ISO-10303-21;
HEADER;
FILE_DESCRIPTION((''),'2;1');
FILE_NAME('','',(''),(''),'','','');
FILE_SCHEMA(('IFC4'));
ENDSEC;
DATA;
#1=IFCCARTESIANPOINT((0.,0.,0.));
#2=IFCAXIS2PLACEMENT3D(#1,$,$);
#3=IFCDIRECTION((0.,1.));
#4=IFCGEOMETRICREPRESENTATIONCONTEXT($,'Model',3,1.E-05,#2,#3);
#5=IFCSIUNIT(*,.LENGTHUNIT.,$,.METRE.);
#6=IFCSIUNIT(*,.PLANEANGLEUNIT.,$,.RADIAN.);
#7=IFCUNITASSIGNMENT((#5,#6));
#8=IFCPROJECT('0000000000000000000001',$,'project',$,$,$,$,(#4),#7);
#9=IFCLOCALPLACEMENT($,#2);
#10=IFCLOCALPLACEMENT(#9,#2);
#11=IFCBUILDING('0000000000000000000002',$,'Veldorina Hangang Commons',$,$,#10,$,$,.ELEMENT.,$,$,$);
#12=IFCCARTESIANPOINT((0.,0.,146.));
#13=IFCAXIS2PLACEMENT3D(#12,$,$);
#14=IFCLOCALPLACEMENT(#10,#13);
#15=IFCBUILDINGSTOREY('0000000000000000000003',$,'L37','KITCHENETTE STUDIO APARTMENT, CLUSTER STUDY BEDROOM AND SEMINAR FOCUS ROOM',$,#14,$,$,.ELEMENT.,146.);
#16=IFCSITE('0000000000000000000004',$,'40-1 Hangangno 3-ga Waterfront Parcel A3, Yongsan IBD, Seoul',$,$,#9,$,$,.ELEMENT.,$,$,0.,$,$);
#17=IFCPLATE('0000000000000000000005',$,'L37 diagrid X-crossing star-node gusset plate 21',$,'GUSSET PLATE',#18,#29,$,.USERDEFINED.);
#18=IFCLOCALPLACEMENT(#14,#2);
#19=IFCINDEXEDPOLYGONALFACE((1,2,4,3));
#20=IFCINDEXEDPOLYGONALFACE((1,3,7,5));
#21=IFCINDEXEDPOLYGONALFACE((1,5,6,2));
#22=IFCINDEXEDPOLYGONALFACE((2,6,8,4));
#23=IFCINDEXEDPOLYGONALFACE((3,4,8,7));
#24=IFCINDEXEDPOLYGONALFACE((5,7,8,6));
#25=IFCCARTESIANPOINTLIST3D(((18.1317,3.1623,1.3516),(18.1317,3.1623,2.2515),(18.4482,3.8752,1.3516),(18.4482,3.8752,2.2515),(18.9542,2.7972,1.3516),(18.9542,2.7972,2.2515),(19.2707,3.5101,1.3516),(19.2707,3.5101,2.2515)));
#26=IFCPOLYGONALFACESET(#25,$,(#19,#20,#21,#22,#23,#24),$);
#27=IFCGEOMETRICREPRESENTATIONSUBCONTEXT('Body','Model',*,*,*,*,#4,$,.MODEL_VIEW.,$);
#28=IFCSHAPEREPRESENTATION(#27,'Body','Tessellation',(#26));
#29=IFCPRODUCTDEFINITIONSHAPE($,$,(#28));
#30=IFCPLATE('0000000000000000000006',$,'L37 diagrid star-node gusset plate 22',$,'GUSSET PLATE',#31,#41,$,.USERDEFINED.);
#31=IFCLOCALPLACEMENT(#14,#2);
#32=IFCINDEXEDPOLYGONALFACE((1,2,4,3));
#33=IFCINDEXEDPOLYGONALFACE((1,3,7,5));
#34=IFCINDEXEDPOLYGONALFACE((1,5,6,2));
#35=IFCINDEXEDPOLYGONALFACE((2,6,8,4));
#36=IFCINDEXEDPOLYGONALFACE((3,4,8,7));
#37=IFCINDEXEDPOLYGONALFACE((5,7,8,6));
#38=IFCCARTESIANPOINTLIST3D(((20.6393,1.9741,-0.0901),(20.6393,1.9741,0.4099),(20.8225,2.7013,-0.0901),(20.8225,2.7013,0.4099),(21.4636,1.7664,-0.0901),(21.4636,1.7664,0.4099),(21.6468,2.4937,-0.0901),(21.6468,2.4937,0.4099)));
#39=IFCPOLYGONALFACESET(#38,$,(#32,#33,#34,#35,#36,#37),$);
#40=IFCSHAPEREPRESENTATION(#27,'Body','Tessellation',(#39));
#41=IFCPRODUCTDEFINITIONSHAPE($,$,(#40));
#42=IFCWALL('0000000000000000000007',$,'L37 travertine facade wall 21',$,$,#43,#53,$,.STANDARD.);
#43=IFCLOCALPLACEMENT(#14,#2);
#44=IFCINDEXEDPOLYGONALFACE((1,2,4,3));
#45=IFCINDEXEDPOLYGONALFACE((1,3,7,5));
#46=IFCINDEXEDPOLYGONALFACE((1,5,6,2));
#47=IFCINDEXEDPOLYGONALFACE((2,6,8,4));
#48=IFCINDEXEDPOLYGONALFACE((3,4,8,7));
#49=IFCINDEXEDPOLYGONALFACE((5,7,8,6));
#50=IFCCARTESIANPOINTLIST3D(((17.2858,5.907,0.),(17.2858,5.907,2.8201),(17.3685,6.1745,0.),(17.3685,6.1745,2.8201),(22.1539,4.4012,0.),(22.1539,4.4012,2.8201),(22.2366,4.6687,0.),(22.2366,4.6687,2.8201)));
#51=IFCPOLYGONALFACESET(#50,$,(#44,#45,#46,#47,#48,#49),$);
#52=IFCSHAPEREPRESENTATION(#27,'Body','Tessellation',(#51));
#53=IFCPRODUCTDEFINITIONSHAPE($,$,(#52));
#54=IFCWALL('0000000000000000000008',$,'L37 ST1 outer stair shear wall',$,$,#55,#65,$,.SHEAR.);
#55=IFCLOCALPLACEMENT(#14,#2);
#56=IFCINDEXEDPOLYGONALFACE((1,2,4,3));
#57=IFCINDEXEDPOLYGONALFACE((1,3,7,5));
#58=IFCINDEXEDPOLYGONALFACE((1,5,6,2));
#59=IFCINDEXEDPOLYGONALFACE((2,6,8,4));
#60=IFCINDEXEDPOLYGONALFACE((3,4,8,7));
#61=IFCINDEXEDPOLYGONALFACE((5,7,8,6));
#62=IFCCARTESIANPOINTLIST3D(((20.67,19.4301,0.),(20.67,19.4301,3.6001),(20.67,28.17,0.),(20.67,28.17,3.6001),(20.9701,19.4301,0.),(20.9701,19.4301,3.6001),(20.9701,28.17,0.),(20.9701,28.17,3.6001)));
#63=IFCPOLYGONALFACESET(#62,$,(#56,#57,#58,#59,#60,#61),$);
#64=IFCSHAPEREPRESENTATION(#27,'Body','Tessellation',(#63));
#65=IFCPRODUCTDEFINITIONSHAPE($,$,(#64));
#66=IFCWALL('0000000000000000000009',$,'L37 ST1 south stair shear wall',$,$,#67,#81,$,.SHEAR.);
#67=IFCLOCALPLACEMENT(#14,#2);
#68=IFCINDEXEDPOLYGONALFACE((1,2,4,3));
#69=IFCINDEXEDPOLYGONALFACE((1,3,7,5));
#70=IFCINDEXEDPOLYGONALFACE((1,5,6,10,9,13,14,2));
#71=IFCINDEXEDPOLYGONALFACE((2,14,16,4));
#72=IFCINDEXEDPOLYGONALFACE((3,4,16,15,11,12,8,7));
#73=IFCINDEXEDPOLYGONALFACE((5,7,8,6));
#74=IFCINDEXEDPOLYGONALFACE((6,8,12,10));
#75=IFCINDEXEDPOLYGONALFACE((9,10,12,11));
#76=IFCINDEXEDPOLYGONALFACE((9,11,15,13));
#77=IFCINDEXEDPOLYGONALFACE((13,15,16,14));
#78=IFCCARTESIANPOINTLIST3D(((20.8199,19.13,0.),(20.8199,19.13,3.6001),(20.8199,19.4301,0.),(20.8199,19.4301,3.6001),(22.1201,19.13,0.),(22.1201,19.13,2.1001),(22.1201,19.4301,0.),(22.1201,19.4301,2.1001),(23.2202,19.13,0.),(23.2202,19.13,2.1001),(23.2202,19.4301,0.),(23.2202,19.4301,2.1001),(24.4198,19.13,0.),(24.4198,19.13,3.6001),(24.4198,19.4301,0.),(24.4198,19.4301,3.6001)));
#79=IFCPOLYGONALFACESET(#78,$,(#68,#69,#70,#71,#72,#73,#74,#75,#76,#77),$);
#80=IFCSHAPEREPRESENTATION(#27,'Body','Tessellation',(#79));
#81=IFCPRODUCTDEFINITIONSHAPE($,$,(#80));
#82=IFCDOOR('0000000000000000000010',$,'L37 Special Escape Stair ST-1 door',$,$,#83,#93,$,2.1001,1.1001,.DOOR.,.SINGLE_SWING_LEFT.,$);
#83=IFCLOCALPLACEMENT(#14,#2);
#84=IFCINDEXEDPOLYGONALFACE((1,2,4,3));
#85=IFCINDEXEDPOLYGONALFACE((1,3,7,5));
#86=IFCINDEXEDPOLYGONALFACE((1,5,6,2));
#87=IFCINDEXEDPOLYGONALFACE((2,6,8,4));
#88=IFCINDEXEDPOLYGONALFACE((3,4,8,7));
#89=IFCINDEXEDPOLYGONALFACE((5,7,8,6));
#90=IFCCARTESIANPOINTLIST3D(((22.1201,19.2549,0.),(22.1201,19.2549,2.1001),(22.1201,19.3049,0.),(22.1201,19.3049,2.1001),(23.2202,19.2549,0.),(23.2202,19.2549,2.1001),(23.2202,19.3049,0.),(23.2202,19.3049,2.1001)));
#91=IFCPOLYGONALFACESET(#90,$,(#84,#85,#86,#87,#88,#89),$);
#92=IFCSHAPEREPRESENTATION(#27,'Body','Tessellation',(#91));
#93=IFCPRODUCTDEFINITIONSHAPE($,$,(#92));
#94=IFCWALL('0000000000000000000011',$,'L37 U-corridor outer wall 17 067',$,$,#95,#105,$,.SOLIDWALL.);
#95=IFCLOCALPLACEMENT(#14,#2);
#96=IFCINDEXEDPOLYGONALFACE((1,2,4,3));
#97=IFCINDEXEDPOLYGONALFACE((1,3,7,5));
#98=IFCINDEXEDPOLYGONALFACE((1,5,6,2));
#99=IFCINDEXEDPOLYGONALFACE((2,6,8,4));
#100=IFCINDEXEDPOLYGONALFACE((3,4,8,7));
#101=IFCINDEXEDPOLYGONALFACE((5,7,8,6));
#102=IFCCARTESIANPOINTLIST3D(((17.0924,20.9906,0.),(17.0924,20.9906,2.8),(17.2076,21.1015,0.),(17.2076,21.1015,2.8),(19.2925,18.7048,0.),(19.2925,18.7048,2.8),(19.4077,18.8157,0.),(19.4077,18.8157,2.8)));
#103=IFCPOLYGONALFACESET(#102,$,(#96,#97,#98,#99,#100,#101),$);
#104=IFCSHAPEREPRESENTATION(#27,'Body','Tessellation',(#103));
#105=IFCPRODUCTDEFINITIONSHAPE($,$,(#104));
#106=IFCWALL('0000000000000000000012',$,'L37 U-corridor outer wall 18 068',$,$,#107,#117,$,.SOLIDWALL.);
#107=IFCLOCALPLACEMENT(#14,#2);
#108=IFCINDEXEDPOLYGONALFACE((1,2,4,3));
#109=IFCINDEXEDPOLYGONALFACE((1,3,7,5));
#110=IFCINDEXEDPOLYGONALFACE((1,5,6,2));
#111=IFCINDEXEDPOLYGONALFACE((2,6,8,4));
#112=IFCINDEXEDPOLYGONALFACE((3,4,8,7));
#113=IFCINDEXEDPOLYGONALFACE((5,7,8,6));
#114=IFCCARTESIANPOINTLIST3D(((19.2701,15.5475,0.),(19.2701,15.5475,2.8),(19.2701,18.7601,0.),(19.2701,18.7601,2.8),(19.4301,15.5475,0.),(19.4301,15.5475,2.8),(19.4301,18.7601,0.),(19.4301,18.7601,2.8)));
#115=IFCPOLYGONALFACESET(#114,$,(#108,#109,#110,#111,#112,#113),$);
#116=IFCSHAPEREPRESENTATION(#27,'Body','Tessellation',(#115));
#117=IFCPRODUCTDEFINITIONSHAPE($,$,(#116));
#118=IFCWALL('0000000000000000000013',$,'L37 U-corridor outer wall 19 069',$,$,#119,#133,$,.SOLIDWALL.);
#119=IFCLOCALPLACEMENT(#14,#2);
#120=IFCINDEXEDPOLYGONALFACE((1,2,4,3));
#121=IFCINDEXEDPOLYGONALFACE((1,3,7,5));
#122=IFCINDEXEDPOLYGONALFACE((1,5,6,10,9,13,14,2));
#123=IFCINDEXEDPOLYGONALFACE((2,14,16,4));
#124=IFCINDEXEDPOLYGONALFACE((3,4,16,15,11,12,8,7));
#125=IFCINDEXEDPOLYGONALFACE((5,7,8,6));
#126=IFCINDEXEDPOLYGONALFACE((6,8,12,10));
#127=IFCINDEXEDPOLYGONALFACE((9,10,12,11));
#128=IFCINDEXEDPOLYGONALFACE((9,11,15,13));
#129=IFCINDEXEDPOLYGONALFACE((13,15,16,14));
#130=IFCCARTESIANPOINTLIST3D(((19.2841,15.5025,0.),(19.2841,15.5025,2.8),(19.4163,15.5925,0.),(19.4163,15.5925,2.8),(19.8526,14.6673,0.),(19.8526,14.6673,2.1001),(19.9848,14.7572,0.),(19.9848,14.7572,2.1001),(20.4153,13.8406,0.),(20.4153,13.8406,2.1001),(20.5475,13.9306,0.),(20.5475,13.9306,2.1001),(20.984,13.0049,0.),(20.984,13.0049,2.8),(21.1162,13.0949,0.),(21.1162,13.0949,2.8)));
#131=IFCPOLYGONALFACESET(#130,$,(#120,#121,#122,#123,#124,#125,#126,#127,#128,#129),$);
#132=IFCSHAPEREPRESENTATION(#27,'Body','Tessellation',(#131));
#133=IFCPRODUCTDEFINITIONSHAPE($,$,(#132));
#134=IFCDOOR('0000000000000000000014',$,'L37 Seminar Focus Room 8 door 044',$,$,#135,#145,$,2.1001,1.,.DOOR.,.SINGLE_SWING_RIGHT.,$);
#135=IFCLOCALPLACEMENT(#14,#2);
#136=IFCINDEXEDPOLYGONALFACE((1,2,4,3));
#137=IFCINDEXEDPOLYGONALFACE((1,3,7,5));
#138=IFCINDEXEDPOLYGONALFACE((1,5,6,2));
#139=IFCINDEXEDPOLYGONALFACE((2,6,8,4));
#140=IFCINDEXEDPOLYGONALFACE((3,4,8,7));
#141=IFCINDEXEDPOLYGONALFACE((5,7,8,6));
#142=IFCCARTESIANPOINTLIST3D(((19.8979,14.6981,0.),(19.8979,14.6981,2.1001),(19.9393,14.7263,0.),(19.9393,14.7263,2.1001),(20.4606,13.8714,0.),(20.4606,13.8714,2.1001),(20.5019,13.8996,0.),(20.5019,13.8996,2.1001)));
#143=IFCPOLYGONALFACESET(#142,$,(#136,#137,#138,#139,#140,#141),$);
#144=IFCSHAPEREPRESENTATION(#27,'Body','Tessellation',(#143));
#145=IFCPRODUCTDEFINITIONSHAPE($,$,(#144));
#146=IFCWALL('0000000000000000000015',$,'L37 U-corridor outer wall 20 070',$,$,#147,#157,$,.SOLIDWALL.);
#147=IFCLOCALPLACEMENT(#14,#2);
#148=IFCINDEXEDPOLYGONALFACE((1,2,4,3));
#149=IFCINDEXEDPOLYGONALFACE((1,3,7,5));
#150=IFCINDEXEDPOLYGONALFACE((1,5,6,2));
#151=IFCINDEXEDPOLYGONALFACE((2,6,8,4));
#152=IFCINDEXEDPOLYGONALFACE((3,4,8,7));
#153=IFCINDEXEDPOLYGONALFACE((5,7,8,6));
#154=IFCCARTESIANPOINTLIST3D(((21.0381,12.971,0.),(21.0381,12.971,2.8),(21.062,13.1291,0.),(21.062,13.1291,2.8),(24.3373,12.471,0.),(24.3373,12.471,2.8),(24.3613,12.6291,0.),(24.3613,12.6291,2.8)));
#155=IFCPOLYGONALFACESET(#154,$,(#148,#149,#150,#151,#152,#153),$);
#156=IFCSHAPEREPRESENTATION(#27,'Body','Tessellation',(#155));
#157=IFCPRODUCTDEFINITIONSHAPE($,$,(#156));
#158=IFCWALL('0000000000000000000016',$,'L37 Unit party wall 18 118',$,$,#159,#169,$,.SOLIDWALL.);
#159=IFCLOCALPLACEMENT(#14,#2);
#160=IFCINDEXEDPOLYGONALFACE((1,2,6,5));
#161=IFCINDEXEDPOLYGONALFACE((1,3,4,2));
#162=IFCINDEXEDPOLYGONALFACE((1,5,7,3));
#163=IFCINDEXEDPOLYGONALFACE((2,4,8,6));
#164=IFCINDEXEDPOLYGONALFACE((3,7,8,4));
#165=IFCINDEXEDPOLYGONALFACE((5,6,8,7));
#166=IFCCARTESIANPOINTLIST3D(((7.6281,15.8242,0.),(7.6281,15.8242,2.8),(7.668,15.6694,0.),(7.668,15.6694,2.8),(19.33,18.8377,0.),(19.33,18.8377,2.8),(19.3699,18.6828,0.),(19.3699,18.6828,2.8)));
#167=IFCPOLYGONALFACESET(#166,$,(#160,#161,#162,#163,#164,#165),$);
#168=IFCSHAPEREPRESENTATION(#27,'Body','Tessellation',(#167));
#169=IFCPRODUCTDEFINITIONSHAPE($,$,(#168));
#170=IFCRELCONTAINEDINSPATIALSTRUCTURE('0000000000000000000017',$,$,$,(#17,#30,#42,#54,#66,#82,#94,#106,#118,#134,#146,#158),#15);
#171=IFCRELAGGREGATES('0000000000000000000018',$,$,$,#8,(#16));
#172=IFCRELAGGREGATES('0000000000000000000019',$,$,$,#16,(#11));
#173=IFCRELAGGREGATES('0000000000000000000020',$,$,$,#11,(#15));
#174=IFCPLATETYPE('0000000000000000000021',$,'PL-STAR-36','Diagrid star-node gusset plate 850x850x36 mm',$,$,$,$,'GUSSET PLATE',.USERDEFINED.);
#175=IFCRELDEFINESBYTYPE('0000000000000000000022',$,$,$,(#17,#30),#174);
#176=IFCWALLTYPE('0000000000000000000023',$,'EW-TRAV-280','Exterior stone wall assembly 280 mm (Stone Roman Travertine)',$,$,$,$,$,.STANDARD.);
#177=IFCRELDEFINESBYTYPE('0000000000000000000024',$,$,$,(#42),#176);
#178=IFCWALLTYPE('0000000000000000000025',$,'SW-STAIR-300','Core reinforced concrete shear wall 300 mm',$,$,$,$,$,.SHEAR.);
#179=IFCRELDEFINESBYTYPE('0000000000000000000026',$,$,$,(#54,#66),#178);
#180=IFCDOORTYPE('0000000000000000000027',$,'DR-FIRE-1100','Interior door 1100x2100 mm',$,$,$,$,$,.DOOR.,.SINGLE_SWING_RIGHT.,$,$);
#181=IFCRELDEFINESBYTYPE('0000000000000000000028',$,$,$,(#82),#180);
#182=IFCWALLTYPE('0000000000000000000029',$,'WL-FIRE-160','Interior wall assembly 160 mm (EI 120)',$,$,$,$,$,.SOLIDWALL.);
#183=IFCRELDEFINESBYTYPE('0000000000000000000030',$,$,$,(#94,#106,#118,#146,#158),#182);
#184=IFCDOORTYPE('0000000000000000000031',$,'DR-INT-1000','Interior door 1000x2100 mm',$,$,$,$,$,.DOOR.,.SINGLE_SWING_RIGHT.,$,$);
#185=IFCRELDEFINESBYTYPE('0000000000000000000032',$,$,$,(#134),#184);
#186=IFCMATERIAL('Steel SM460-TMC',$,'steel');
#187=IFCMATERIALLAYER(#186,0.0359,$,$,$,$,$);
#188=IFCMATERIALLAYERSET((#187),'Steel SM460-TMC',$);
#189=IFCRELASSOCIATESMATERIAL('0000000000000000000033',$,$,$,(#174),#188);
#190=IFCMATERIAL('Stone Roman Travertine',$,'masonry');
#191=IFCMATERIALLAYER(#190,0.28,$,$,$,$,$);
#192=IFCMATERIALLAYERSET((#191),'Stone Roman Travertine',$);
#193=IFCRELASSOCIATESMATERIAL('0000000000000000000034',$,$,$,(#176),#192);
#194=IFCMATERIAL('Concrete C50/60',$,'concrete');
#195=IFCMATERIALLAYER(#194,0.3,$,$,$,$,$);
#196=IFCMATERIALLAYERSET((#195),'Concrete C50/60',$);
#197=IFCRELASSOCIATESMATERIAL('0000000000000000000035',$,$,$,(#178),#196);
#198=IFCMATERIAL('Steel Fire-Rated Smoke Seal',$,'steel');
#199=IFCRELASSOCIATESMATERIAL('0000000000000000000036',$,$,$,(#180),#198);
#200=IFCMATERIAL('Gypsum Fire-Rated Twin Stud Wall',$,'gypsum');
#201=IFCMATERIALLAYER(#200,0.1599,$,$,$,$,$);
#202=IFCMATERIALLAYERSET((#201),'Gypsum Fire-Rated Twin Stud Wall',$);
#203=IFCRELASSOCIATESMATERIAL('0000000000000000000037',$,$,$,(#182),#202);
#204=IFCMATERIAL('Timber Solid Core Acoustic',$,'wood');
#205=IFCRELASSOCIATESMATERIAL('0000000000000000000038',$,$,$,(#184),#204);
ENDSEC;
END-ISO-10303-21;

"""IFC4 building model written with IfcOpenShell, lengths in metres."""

from ifc_helpers import new_model, si_unit, direction, frame, frame_2d, origin, origin_2d, place, context, subcontext, project, spatial, rectangle, extrude, material, layer, layer_set, type_object, element, fill, save


model = new_model("IFC4")

# Units and contexts
model_context = context("Model", 3, precision=1e-05, world=origin(), true_north=direction((0.0, 1.0)))
body_context = subcontext(model_context, "Body", "Model", "MODEL_VIEW")
ifc_project = project(units=[si_unit("LENGTHUNIT", "METRE"), si_unit("PLANEANGLEUNIT", "RADIAN")], contexts=[model_context])

# Site, building, storey
site_placement = place(None, origin())
site = spatial("IfcSite", under=ifc_project, at=site_placement, Name="40-1 Hangangno 3-ga Waterfront Parcel A3, Yongsan IBD, Seoul", CompositionType="ELEMENT", RefElevation=0.0)
building_placement = place(site_placement, origin())
building = spatial("IfcBuilding", under=site, at=building_placement, Name="Veldorina Hangang Commons", CompositionType="ELEMENT")
storey_placement = place(building_placement, frame((0.0, 0.0, 146.0)))
storey = spatial("IfcBuildingStorey", under=building, at=storey_placement, Name="L37", Description="KITCHENETTE STUDIO APARTMENT, CLUSTER STUDY BEDROOM AND SEMINAR FOCUS ROOM", CompositionType="ELEMENT", Elevation=146.0)

# Plates
ifc_material_1 = material(Name="Steel SM460-TMC", Category="steel")
ifc_layer_1 = layer(ifc_material_1, 0.0359)
ifc_layer_set_1 = layer_set([ifc_layer_1], Name="Steel SM460-TMC")
plate_type = type_object("IfcPlateType", Name="PL-STAR-36", Description="Diagrid star-node gusset plate 850x850x36 mm", ElementType="GUSSET PLATE", PredefinedType="USERDEFINED", material=ifc_layer_set_1)
plate_1_placement = place(storey_placement, frame((18.7012, 3.3362, 1.3516), z_axis=(0.0, 0.0, 1.0), x_axis=(0.913999, -0.405716, 0.0)))
element("IfcPlate", 1, at=plate_1_placement, inside=storey, type_object=plate_type, Name="L37 diagrid X-crossing star-node gusset plate 21", ObjectType="GUSSET PLATE", PredefinedType="USERDEFINED", context=body_context, shape_type="SweptSolid", body=[
    extrude(rectangle(XDim=0.8999, YDim=0.78, at=origin_2d()), origin(), (0.0, 0.0, 1.0), 0.8999),
])
plate_2_placement = place(storey_placement, frame((21.1431, 2.2339, -0.0901), z_axis=(0.0, 0.0, 1.0), x_axis=(0.96971, -0.244258, 0.0)))
element("IfcPlate", 2, at=plate_2_placement, inside=storey, type_object=plate_type, Name="L37 diagrid star-node gusset plate 22", ObjectType="GUSSET PLATE", PredefinedType="USERDEFINED", context=body_context, shape_type="SweptSolid", body=[
    extrude(rectangle(XDim=0.8501, YDim=0.75, at=origin_2d()), origin(), (0.0, 0.0, 1.0), 0.5),
])

# Walls
ifc_material_2 = material(Name="Stone Roman Travertine", Category="masonry")
ifc_layer_2 = layer(ifc_material_2, 0.28)
ifc_layer_set_2 = layer_set([ifc_layer_2], Name="Stone Roman Travertine")
wall_type_1 = type_object("IfcWallType", Name="EW-TRAV-280", Description="Exterior stone wall assembly 280 mm (Stone Roman Travertine)", PredefinedType="STANDARD", material=ifc_layer_set_2)
wall_1_placement = place(storey_placement, frame((17.3271, 6.0408, 0.0), z_axis=(0.0, 0.0, 1.0), x_axis=(0.955339, -0.295513, 0.0)))
element("IfcWall", 3, at=wall_1_placement, inside=storey, type_object=wall_type_1, Name="L37 travertine facade wall 21", PredefinedType="STANDARD", context=body_context, shape_type="SweptSolid", body=[
    extrude(rectangle(XDim=5.0957, YDim=0.28, at=frame_2d((2.5479, 0.0))), origin(), (0.0, 0.0, 1.0), 2.8201),
])
ifc_material_3 = material(Name="Concrete C50/60", Category="concrete")
ifc_layer_3 = layer(ifc_material_3, 0.3)
ifc_layer_set_3 = layer_set([ifc_layer_3], Name="Concrete C50/60")
wall_type_2 = type_object("IfcWallType", Name="SW-STAIR-300", Description="Core reinforced concrete shear wall 300 mm", PredefinedType="SHEAR", material=ifc_layer_set_3)
wall_2_placement = place(storey_placement, frame((20.8201, 19.4299, 0.0), z_axis=(0.0, 0.0, 1.0), x_axis=(0.0, 1.0, 0.0)))
element("IfcWall", 4, at=wall_2_placement, inside=storey, type_object=wall_type_2, Name="L37 ST1 outer stair shear wall", PredefinedType="SHEAR", context=body_context, shape_type="SweptSolid", body=[
    extrude(rectangle(XDim=8.74, YDim=0.3, at=frame_2d((4.3701, 0.0))), origin(), (0.0, 0.0, 1.0), 3.6001),
])

# Wall, opening, door
wall_3_placement = place(storey_placement, frame((20.8201, 19.28, 0.0), z_axis=(0.0, 0.0, 1.0), x_axis=(1.0, 0.0, 0.0)))
wall_3 = element("IfcWall", 5, at=wall_3_placement, inside=storey, type_object=wall_type_2, Name="L37 ST1 south stair shear wall", PredefinedType="SHEAR", context=body_context, shape_type="SweptSolid", body=[
    extrude(rectangle(XDim=3.5999, YDim=0.3, at=frame_2d((1.7998, 0.0))), origin(), (0.0, 0.0, 1.0), 3.6001),
])
opening_1_placement = place(wall_3_placement, frame((1.3, 0.0, 0.0)))
opening_1 = element("IfcOpeningElement", 6, at=opening_1_placement, cuts=wall_3, PredefinedType="OPENING", context=body_context, shape_type="SweptSolid", body=[
    extrude(rectangle(XDim=1.1001, YDim=2.1001, at=frame_2d((0.55, 1.05))), frame((0.0, 0.1602, 0.0), z_axis=(0.0, -1.0, 0.0), x_axis=(1.0, 0.0, 0.0)), (0.0, 0.0, 1.0), 0.3201),
])
ifc_material_4 = material(Name="Steel Fire-Rated Smoke Seal", Category="steel")
door_type_1 = type_object("IfcDoorType", Name="DR-FIRE-1100", Description="Interior door 1100x2100 mm", OperationType="SINGLE_SWING_RIGHT", PredefinedType="DOOR", material=ifc_material_4)
door_1_placement = place(opening_1_placement, origin())
door_1 = element("IfcDoor", 7, at=door_1_placement, inside=storey, type_object=door_type_1, Name="L37 Special Escape Stair ST-1 door", OperationType="SINGLE_SWING_LEFT", OverallHeight=2.1001, OverallWidth=1.1001, PredefinedType="DOOR", context=body_context, shape_type="SweptSolid", body=[
    extrude(rectangle(XDim=1.1001, YDim=2.1001, at=frame_2d((0.55, 1.05))), frame((0.0, 0.0249, 0.0), z_axis=(0.0, -1.0, 0.0), x_axis=(1.0, 0.0, 0.0)), (0.0, 0.0, 1.0), 0.05),
])
fill(opening_1, door_1)

# Walls
ifc_material_5 = material(Name="Gypsum Fire-Rated Twin Stud Wall", Category="gypsum")
ifc_layer_4 = layer(ifc_material_5, 0.1599)
ifc_layer_set_4 = layer_set([ifc_layer_4], Name="Gypsum Fire-Rated Twin Stud Wall")
wall_type_3 = type_object("IfcWallType", Name="WL-FIRE-160", Description="Interior wall assembly 160 mm (EI 120)", PredefinedType="SOLIDWALL", material=ifc_layer_set_4)
wall_4_placement = place(storey_placement, frame((17.1499, 21.0461, 0.0), z_axis=(0.0, 0.0, 1.0), x_axis=(0.693473, -0.720483, 0.0)))
element("IfcWall", 8, at=wall_4_placement, inside=storey, type_object=wall_type_3, Name="L37 U-corridor outer wall 17 067", PredefinedType="SOLIDWALL", context=body_context, shape_type="SweptSolid", body=[
    extrude(rectangle(XDim=3.1726, YDim=0.1599, at=frame_2d((1.5864, 0.0))), origin(), (0.0, 0.0, 1.0), 2.8),
])
wall_5_placement = place(storey_placement, frame((19.3501, 18.7603, 0.0), z_axis=(0.0, 0.0, 1.0), x_axis=(0.0, -1.0, 0.0)))
element("IfcWall", 9, at=wall_5_placement, inside=storey, type_object=wall_type_3, Name="L37 U-corridor outer wall 18 068", PredefinedType="SOLIDWALL", context=body_context, shape_type="SweptSolid", body=[
    extrude(rectangle(XDim=3.2126, YDim=0.1599, at=frame_2d((1.6064, 0.0))), origin(), (0.0, 0.0, 1.0), 2.8),
])

# Wall, opening, door
wall_6_placement = place(storey_placement, frame((19.3501, 15.5476, 0.0), z_axis=(0.0, 0.0, 1.0), x_axis=(0.562675, -0.826678, 0.0)))
wall_6 = element("IfcWall", 10, at=wall_6_placement, inside=storey, type_object=wall_type_3, Name="L37 U-corridor outer wall 19 069", PredefinedType="SOLIDWALL", context=body_context, shape_type="SweptSolid", body=[
    extrude(rectangle(XDim=3.0212, YDim=0.1599, at=frame_2d((1.5107, 0.0))), origin(), (0.0, 0.0, 1.0), 2.8),
])
opening_2_placement = place(wall_6_placement, frame((1.0105, 0.0, 0.0)))
opening_2 = element("IfcOpeningElement", 11, at=opening_2_placement, cuts=wall_6, PredefinedType="OPENING", context=body_context, shape_type="SweptSolid", body=[
    extrude(rectangle(XDim=1.0, YDim=2.1001, at=frame_2d((0.5, 1.05))), frame((0.0, 0.0898, 0.0), z_axis=(0.0, -1.0, 0.0), x_axis=(1.0, 0.0, 0.0)), (0.0, 0.0, 1.0), 0.1799),
])
ifc_material_6 = material(Name="Timber Solid Core Acoustic", Category="wood")
door_type_2 = type_object("IfcDoorType", Name="DR-INT-1000", Description="Interior door 1000x2100 mm", OperationType="SINGLE_SWING_RIGHT", PredefinedType="DOOR", material=ifc_material_6)
door_2_placement = place(opening_2_placement, origin())
door_2 = element("IfcDoor", 12, at=door_2_placement, inside=storey, type_object=door_type_2, Name="L37 Seminar Focus Room 8 door 044", OperationType="SINGLE_SWING_RIGHT", OverallHeight=2.1001, OverallWidth=1.0, PredefinedType="DOOR", context=body_context, shape_type="SweptSolid", body=[
    extrude(rectangle(XDim=1.0, YDim=2.1001, at=frame_2d((0.5, 1.05))), frame((0.0, 0.0249, 0.0), z_axis=(0.0, -1.0, 0.0), x_axis=(1.0, 0.0, 0.0)), (0.0, 0.0, 1.0), 0.05),
])
fill(opening_2, door_2)

# Walls
wall_7_placement = place(storey_placement, frame((21.05, 13.05, 0.0), z_axis=(0.0, 0.0, 1.0), x_axis=(0.988711, -0.149836, 0.0)))
element("IfcWall", 13, at=wall_7_placement, inside=storey, type_object=wall_type_3, Name="L37 U-corridor outer wall 20 070", PredefinedType="SOLIDWALL", context=body_context, shape_type="SweptSolid", body=[
    extrude(rectangle(XDim=3.3369, YDim=0.1599, at=frame_2d((1.6685, 0.0))), origin(), (0.0, 0.0, 1.0), 2.8),
])
wall_8_placement = place(storey_placement, frame((19.3501, 18.7603, 0.0), z_axis=(0.0, 0.0, 1.0), x_axis=(-0.968406, -0.24938, 0.0)))
element("IfcWall", 14, at=wall_8_placement, inside=storey, type_object=wall_type_3, Name="L37 Unit party wall 18 118", PredefinedType="SOLIDWALL", context=body_context, shape_type="SweptSolid", body=[
    extrude(rectangle(XDim=12.0837, YDim=0.1599, at=frame_2d((6.042, 0.0))), origin(), (0.0, 0.0, 1.0), 2.8),
])

save(model, "model.ifc")
